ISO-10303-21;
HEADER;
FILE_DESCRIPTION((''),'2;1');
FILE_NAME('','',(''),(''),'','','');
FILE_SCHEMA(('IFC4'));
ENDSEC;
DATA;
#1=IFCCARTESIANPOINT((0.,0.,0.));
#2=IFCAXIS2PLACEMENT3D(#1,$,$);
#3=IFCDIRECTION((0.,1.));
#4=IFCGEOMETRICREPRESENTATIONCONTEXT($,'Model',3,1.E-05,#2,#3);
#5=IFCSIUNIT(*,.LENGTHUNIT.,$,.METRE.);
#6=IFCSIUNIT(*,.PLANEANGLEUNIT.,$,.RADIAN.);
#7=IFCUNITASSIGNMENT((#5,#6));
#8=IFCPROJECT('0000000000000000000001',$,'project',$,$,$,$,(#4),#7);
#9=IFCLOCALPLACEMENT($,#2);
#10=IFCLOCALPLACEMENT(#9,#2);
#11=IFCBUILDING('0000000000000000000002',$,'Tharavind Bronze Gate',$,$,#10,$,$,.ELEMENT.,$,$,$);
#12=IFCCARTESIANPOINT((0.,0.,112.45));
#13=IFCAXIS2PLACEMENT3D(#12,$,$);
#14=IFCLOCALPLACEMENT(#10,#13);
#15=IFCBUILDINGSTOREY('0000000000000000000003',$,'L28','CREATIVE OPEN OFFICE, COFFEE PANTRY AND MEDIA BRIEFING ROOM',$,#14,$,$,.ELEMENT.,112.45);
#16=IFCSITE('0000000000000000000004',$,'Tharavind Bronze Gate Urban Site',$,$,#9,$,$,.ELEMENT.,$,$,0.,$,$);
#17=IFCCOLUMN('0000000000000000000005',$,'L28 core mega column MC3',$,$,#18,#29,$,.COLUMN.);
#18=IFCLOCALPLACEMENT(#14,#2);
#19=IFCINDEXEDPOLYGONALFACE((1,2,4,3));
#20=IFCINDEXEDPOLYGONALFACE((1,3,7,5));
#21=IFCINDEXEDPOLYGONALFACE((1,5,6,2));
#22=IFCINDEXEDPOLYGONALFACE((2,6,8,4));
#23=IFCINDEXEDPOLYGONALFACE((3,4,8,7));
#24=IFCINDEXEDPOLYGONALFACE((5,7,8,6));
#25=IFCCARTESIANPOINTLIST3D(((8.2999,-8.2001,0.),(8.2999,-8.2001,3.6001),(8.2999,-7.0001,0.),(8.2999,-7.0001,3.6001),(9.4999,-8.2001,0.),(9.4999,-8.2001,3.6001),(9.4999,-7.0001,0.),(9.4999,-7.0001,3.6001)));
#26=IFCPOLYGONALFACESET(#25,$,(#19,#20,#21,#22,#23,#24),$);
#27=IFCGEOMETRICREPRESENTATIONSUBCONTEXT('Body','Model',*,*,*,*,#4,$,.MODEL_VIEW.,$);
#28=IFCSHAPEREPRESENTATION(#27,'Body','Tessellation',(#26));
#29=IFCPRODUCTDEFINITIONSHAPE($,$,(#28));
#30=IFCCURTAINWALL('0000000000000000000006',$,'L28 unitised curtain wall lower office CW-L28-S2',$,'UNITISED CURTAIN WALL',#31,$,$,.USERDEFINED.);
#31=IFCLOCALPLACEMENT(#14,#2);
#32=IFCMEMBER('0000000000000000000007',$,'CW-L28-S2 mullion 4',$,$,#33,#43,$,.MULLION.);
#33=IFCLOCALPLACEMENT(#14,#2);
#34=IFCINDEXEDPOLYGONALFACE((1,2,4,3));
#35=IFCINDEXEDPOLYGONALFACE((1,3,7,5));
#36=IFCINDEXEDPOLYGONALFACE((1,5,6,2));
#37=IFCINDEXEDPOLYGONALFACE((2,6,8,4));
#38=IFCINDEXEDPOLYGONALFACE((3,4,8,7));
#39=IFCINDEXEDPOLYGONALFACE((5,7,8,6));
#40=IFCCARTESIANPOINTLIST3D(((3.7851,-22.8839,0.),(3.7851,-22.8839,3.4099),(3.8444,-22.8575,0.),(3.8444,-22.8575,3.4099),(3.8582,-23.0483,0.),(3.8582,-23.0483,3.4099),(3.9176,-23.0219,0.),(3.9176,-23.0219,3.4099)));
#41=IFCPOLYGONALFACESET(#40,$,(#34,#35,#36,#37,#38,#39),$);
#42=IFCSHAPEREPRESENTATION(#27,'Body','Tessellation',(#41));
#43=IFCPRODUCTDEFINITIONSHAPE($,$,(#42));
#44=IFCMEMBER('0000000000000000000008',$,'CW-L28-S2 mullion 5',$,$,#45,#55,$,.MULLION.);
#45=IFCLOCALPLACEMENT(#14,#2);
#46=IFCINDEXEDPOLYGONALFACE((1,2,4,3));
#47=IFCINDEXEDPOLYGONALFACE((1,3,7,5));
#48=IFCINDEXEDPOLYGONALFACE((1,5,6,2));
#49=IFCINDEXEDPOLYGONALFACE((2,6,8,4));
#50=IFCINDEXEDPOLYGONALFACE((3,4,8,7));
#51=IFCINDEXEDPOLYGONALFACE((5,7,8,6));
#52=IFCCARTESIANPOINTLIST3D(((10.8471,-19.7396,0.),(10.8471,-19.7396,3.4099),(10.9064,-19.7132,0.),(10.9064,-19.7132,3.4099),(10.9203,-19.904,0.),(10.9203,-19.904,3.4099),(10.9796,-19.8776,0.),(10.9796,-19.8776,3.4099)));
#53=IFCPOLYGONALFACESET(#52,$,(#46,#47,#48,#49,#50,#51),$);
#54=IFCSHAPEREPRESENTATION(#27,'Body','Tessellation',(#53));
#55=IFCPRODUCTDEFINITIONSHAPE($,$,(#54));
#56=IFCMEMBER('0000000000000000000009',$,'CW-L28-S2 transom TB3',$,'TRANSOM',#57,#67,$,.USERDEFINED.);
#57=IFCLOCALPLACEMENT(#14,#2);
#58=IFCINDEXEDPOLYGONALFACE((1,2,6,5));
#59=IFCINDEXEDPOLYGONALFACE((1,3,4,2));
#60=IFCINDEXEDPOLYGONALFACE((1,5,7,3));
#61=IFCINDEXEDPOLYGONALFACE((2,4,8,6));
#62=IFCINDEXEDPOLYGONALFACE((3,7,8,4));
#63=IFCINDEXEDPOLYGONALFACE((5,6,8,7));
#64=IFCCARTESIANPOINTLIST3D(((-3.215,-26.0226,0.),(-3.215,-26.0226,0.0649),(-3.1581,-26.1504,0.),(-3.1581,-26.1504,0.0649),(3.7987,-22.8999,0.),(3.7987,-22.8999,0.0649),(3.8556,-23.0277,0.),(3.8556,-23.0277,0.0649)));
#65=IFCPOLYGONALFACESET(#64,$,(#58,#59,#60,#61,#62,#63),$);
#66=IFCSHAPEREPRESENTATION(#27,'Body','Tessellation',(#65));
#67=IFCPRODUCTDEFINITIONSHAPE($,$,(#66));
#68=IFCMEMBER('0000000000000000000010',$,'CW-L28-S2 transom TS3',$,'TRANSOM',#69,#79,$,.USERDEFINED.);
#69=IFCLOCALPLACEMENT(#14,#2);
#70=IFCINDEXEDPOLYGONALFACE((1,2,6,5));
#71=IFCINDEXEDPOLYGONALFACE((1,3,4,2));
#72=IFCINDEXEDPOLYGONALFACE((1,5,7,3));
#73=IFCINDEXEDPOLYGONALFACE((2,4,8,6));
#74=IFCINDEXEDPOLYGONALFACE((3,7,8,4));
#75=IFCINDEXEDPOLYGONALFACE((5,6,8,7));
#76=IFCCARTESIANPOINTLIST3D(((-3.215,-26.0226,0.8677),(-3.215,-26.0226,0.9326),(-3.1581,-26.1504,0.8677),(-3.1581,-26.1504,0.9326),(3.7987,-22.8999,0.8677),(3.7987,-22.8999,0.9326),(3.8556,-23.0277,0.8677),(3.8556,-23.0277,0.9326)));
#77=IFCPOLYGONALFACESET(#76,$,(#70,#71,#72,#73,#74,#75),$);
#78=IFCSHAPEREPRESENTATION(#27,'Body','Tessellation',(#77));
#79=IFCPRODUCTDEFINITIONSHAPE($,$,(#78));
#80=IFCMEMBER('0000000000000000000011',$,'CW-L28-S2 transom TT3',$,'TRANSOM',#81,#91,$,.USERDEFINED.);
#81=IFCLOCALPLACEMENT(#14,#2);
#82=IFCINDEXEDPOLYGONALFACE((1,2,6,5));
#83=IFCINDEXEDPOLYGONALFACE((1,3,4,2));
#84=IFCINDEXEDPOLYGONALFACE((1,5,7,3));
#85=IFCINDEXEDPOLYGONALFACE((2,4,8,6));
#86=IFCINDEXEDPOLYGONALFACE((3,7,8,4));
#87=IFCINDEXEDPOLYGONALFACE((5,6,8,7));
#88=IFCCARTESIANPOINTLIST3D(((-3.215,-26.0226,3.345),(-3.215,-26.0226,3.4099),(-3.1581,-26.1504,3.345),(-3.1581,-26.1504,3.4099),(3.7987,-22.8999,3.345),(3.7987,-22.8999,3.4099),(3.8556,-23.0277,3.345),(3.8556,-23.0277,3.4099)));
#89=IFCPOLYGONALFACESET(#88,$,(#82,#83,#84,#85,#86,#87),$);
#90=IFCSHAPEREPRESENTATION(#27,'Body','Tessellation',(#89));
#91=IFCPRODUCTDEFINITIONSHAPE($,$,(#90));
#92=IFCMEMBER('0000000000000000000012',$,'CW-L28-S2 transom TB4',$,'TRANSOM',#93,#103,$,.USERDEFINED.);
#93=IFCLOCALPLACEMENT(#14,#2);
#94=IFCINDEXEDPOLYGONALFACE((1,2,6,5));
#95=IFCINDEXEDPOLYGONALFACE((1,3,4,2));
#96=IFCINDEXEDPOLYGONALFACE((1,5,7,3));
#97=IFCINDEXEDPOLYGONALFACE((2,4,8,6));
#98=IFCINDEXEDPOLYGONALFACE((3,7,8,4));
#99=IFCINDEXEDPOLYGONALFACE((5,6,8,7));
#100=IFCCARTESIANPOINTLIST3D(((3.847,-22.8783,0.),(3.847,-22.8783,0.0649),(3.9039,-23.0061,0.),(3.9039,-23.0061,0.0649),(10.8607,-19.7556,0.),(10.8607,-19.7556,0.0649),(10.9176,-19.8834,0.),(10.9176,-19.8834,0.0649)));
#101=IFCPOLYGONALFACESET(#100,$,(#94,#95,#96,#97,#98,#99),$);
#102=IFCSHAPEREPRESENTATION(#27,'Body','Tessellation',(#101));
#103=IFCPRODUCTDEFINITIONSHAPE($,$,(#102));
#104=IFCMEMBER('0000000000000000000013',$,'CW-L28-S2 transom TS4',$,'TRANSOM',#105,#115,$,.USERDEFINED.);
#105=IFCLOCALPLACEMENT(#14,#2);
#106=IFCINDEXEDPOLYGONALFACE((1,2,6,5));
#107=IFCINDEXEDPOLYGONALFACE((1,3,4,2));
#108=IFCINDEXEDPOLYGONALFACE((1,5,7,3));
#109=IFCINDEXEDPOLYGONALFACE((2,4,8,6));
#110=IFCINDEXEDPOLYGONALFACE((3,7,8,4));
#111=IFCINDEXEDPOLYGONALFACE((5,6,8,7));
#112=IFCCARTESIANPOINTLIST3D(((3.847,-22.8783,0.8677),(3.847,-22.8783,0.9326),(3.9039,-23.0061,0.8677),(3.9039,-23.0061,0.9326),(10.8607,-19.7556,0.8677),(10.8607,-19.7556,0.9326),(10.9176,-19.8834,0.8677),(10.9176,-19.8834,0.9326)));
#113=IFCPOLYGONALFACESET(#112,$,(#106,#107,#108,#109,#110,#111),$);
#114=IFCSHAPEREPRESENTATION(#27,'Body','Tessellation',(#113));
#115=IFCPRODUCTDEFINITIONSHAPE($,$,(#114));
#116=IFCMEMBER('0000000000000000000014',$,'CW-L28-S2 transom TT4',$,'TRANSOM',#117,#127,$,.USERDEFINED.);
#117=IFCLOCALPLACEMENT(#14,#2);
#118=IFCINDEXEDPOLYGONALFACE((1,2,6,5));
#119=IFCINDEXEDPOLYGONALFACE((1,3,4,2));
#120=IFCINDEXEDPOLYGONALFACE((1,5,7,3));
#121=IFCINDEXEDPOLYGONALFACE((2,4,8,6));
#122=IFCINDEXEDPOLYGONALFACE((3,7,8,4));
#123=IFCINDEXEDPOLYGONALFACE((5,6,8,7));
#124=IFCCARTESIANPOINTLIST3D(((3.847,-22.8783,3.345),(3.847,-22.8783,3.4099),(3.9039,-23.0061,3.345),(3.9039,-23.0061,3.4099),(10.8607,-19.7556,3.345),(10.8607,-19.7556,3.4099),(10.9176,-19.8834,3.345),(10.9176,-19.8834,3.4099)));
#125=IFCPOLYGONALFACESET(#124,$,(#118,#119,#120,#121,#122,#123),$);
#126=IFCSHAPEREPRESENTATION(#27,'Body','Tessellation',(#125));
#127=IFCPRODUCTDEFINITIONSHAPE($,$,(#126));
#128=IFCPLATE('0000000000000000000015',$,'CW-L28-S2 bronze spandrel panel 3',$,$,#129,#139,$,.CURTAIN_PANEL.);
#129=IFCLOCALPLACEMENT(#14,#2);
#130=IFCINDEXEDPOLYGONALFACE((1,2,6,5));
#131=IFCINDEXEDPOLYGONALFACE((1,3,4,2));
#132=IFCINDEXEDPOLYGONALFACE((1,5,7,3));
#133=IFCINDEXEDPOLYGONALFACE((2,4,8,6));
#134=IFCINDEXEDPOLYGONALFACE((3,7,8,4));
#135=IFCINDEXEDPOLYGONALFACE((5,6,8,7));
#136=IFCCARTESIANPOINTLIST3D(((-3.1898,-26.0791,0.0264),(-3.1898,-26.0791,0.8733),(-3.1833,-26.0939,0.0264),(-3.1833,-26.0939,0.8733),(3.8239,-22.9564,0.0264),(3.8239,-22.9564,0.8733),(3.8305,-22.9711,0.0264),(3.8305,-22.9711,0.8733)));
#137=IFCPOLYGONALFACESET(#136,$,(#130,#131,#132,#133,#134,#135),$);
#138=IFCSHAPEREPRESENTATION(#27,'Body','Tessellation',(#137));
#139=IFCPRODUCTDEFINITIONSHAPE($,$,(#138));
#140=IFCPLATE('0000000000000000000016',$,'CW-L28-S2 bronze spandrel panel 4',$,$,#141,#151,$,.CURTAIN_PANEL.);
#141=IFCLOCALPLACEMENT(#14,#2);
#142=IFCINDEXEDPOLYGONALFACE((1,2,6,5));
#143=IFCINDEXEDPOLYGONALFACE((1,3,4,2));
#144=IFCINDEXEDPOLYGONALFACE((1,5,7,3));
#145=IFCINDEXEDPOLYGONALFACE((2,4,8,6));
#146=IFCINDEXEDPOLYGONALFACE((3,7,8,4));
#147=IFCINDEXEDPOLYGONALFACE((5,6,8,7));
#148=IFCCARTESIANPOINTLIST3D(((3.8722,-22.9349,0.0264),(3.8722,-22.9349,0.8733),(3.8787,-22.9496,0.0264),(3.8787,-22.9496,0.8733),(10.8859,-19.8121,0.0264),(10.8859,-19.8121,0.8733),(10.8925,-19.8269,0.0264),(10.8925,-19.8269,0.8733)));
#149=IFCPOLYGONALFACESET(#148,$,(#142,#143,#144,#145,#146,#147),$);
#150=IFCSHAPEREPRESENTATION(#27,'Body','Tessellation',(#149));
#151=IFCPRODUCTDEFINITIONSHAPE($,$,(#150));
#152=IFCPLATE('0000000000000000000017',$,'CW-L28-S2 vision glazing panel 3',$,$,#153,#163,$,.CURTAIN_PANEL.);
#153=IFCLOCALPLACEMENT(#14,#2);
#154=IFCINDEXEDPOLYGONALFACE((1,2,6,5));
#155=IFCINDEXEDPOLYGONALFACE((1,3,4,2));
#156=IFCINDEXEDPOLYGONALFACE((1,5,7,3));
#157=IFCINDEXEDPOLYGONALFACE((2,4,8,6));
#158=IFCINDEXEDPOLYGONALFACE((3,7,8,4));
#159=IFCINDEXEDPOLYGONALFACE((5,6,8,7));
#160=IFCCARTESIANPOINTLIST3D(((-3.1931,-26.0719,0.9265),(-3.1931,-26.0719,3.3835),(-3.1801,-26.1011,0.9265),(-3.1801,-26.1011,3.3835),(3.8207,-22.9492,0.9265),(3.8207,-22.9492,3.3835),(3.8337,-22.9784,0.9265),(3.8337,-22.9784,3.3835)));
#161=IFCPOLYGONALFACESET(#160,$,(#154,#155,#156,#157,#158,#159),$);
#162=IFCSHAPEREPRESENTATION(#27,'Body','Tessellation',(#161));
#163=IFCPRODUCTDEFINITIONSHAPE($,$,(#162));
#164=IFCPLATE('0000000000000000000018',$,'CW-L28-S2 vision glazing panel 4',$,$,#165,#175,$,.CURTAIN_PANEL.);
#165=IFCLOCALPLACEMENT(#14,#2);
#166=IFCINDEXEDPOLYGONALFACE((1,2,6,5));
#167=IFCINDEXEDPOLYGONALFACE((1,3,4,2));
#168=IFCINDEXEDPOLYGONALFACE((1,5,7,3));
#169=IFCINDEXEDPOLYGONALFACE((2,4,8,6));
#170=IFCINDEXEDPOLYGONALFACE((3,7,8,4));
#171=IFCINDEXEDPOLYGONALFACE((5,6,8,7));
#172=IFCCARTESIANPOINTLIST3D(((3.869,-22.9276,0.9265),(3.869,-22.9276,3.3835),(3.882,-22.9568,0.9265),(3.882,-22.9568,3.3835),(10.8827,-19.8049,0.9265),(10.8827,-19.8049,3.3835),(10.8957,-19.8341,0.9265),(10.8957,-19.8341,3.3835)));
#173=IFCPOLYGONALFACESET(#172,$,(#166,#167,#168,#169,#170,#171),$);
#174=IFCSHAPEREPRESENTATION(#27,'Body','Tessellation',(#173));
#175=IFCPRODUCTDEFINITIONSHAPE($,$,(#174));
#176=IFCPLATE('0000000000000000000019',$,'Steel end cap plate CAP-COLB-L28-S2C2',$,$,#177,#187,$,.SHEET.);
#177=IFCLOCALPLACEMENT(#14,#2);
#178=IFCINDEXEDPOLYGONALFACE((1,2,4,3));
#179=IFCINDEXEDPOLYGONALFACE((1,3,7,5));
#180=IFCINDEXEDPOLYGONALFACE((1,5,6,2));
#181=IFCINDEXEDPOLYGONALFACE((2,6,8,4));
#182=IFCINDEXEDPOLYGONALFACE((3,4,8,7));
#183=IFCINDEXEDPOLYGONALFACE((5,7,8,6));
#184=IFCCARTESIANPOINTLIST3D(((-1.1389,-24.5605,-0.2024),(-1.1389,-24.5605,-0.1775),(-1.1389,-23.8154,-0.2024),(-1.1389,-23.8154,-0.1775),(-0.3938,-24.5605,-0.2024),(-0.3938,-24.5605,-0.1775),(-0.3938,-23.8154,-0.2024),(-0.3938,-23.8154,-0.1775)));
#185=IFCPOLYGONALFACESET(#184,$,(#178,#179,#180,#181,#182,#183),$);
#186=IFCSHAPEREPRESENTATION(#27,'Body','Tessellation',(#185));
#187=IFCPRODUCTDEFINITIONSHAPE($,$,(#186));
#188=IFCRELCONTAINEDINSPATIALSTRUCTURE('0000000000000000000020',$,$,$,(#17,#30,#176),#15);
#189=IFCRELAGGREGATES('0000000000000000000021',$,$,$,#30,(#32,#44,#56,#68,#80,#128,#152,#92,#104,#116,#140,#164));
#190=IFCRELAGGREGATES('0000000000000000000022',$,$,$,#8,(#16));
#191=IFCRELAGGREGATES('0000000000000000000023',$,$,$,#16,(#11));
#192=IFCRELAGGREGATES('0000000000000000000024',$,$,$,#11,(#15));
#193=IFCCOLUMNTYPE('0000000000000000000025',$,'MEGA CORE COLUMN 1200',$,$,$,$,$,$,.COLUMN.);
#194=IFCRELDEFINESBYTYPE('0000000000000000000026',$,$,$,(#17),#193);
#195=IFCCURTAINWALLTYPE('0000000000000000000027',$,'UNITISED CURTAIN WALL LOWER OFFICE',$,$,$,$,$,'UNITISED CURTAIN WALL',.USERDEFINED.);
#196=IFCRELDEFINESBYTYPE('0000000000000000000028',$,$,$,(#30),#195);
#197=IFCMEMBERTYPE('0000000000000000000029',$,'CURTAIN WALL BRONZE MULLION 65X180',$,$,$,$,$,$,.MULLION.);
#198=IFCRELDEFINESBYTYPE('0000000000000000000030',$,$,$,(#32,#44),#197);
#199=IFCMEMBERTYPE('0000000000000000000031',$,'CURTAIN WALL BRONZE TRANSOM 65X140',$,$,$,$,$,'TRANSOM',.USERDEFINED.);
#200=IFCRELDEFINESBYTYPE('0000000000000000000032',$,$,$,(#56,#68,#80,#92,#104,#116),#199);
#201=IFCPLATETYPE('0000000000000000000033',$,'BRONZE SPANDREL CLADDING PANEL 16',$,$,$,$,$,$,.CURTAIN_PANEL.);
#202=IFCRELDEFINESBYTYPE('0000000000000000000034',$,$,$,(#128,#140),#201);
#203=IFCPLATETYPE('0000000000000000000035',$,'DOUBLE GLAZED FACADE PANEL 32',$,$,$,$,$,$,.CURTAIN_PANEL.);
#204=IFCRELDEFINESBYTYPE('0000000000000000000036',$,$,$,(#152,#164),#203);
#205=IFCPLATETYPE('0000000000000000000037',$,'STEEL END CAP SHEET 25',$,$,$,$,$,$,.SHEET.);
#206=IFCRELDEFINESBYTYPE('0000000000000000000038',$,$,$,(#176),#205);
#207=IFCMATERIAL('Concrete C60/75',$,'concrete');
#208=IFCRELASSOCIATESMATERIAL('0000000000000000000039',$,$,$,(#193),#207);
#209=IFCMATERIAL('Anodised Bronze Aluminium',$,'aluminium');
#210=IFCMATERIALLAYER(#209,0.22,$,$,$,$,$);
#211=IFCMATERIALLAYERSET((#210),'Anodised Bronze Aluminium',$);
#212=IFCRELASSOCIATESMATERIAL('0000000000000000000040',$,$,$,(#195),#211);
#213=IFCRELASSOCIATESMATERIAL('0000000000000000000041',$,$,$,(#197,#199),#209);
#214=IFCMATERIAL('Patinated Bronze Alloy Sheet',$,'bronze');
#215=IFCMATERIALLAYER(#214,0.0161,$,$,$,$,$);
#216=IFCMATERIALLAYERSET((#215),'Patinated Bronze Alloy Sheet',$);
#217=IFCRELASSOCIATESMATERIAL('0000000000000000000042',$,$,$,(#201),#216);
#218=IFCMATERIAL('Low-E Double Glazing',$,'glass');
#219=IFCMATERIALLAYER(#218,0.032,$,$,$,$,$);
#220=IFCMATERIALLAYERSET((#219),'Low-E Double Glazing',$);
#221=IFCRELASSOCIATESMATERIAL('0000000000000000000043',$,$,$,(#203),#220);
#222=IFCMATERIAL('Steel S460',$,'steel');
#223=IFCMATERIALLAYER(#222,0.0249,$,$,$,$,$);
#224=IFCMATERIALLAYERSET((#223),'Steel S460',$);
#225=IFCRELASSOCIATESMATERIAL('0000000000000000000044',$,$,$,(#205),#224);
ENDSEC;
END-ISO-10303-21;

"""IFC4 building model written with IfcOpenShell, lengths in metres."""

from ifc_helpers import new_model, si_unit, direction, frame, origin, origin_2d, place, context, subcontext, project, spatial, rectangle, extrude, material, layer, layer_set, material_profile, profile_set, type_object, element, aggregate, save


model = new_model("IFC4")

# Units and contexts
model_context = context("Model", 3, precision=1e-05, world=origin(), true_north=direction((0.0, 1.0)))
body_context = subcontext(model_context, "Body", "Model", "MODEL_VIEW")
ifc_project = project(units=[si_unit("LENGTHUNIT", "METRE"), si_unit("PLANEANGLEUNIT", "RADIAN")], contexts=[model_context])

# Site, building, storey
site_placement = place(None, origin())
site = spatial("IfcSite", under=ifc_project, at=site_placement, Name="Tharavind Bronze Gate Urban Site", CompositionType="ELEMENT", RefElevation=0.0)
building_placement = place(site_placement, origin())
building = spatial("IfcBuilding", under=site, at=building_placement, Name="Tharavind Bronze Gate", CompositionType="ELEMENT")
storey_placement = place(building_placement, frame((0.0, 0.0, 112.45)))
storey = spatial("IfcBuildingStorey", under=building, at=storey_placement, Name="L28", Description="CREATIVE OPEN OFFICE, COFFEE PANTRY AND MEDIA BRIEFING ROOM", CompositionType="ELEMENT", Elevation=112.45)

# Column
ifc_material_1 = material(Name="Concrete C60/75", Category="concrete")
ifc_material_profile = material_profile(ifc_material_1, rectangle(XDim=1.2, YDim=1.2, at=origin_2d()), Name="RCCOL1200")
ifc_profile_set = profile_set([ifc_material_profile], Name="Concrete C60/75")
column_type = type_object("IfcColumnType", Name="MEGA CORE COLUMN 1200", PredefinedType="COLUMN", material=ifc_profile_set)
column_placement = place(storey_placement, frame((8.8999, -7.6001, 0.0), z_axis=(0.0, 0.0, 1.0), x_axis=(1.0, 0.0, 0.0)))
element("IfcColumn", 1, at=column_placement, inside=storey, type_object=column_type, Name="L28 core mega column MC3", PredefinedType="COLUMN", context=body_context, shape_type="SweptSolid", body=[
    extrude(rectangle(XDim=1.2, YDim=1.2, at=origin_2d()), origin(), (0.0, 0.0, 1.0), 3.6001),
])

# Curtain wall, members, plates
ifc_material_2 = material(Name="Anodised Bronze Aluminium", Category="aluminium")
ifc_layer_1 = layer(ifc_material_2, 0.22)
ifc_layer_set_1 = layer_set([ifc_layer_1], Name="Anodised Bronze Aluminium")
curtain_wall_type = type_object("IfcCurtainWallType", Name="UNITISED CURTAIN WALL LOWER OFFICE", ElementType="UNITISED CURTAIN WALL", PredefinedType="USERDEFINED", material=ifc_layer_set_1)
curtain_wall_placement = place(storey_placement, origin())
curtain_wall = element("IfcCurtainWall", 2, at=curtain_wall_placement, inside=storey, type_object=curtain_wall_type, Name="L28 unitised curtain wall lower office CW-L28-S2", ObjectType="UNITISED CURTAIN WALL", PredefinedType="USERDEFINED")
member_type_1 = type_object("IfcMemberType", Name="CURTAIN WALL BRONZE MULLION 65X180", PredefinedType="MULLION", material=ifc_material_2)
member_1_placement = place(storey_placement, frame((3.8513, -22.9529, 0.0), z_axis=(0.0, 0.0, 1.0), x_axis=(0.913545, 0.406737, 0.0)))
member_1 = element("IfcMember", 3, at=member_1_placement, type_object=member_type_1, Name="CW-L28-S2 mullion 4", PredefinedType="MULLION", context=body_context, shape_type="SweptSolid", body=[
    extrude(rectangle(XDim=0.0649, YDim=0.1799, at=origin_2d()), origin(), (0.0, 0.0, 1.0), 3.4099),
])
member_2_placement = place(storey_placement, frame((10.9133, -19.8086, 0.0), z_axis=(0.0, 0.0, 1.0), x_axis=(0.913545, 0.406737, 0.0)))
member_2 = element("IfcMember", 4, at=member_2_placement, type_object=member_type_1, Name="CW-L28-S2 mullion 5", PredefinedType="MULLION", context=body_context, shape_type="SweptSolid", body=[
    extrude(rectangle(XDim=0.0649, YDim=0.1799, at=origin_2d()), origin(), (0.0, 0.0, 1.0), 3.4099),
])
member_type_2 = type_object("IfcMemberType", Name="CURTAIN WALL BRONZE TRANSOM 65X140", ElementType="TRANSOM", PredefinedType="USERDEFINED", material=ifc_material_2)
member_3_placement = place(storey_placement, frame((0.3203, -24.5251, 0.0), z_axis=(0.0, 0.0, 1.0), x_axis=(0.913545, 0.406737, 0.0)))
member_3 = element("IfcMember", 5, at=member_3_placement, type_object=member_type_2, Name="CW-L28-S2 transom TB3", ObjectType="TRANSOM", PredefinedType="USERDEFINED", context=body_context, shape_type="SweptSolid", body=[
    extrude(rectangle(XDim=7.6775, YDim=0.1399, at=origin_2d()), origin(), (0.0, 0.0, 1.0), 0.0649),
])
member_4_placement = place(storey_placement, frame((0.3203, -24.5251, 0.8677), z_axis=(0.0, 0.0, 1.0), x_axis=(0.913545, 0.406737, 0.0)))
member_4 = element("IfcMember", 6, at=member_4_placement, type_object=member_type_2, Name="CW-L28-S2 transom TS3", ObjectType="TRANSOM", PredefinedType="USERDEFINED", context=body_context, shape_type="SweptSolid", body=[
    extrude(rectangle(XDim=7.6775, YDim=0.1399, at=origin_2d()), origin(), (0.0, 0.0, 1.0), 0.0649),
])
member_5_placement = place(storey_placement, frame((0.3203, -24.5251, 3.345), z_axis=(0.0, 0.0, 1.0), x_axis=(0.913545, 0.406737, 0.0)))
member_5 = element("IfcMember", 7, at=member_5_placement, type_object=member_type_2, Name="CW-L28-S2 transom TT3", ObjectType="TRANSOM", PredefinedType="USERDEFINED", context=body_context, shape_type="SweptSolid", body=[
    extrude(rectangle(XDim=7.6775, YDim=0.1399, at=origin_2d()), origin(), (0.0, 0.0, 1.0), 0.0649),
])
member_6_placement = place(storey_placement, frame((7.3823, -21.3809, 0.0), z_axis=(0.0, 0.0, 1.0), x_axis=(0.913545, 0.406737, 0.0)))
member_6 = element("IfcMember", 8, at=member_6_placement, type_object=member_type_2, Name="CW-L28-S2 transom TB4", ObjectType="TRANSOM", PredefinedType="USERDEFINED", context=body_context, shape_type="SweptSolid", body=[
    extrude(rectangle(XDim=7.6775, YDim=0.1399, at=origin_2d()), origin(), (0.0, 0.0, 1.0), 0.0649),
])
member_7_placement = place(storey_placement, frame((7.3823, -21.3809, 0.8677), z_axis=(0.0, 0.0, 1.0), x_axis=(0.913545, 0.406737, 0.0)))
member_7 = element("IfcMember", 9, at=member_7_placement, type_object=member_type_2, Name="CW-L28-S2 transom TS4", ObjectType="TRANSOM", PredefinedType="USERDEFINED", context=body_context, shape_type="SweptSolid", body=[
    extrude(rectangle(XDim=7.6775, YDim=0.1399, at=origin_2d()), origin(), (0.0, 0.0, 1.0), 0.0649),
])
member_8_placement = place(storey_placement, frame((7.3823, -21.3809, 3.345), z_axis=(0.0, 0.0, 1.0), x_axis=(0.913545, 0.406737, 0.0)))
member_8 = element("IfcMember", 10, at=member_8_placement, type_object=member_type_2, Name="CW-L28-S2 transom TT4", ObjectType="TRANSOM", PredefinedType="USERDEFINED", context=body_context, shape_type="SweptSolid", body=[
    extrude(rectangle(XDim=7.6775, YDim=0.1399, at=origin_2d()), origin(), (0.0, 0.0, 1.0), 0.0649),
])
ifc_material_3 = material(Name="Patinated Bronze Alloy Sheet", Category="bronze")
ifc_layer_2 = layer(ifc_material_3, 0.0161)
ifc_layer_set_2 = layer_set([ifc_layer_2], Name="Patinated Bronze Alloy Sheet")
plate_type_1 = type_object("IfcPlateType", Name="BRONZE SPANDREL CLADDING PANEL 16", PredefinedType="CURTAIN_PANEL", material=ifc_layer_set_2)
plate_1_placement = place(storey_placement, frame((0.3203, -24.5251, 0.0264), z_axis=(0.0, 0.0, 1.0), x_axis=(0.913545, 0.406737, 0.0)))
plate_1 = element("IfcPlate", 11, at=plate_1_placement, type_object=plate_type_1, Name="CW-L28-S2 bronze spandrel panel 3", PredefinedType="CURTAIN_PANEL", context=body_context, shape_type="SweptSolid", body=[
    extrude(rectangle(XDim=7.6775, YDim=0.0161, at=origin_2d()), origin(), (0.0, 0.0, 1.0), 0.8469),
])
plate_2_placement = place(storey_placement, frame((7.3823, -21.3809, 0.0264), z_axis=(0.0, 0.0, 1.0), x_axis=(0.913545, 0.406737, 0.0)))
plate_2 = element("IfcPlate", 12, at=plate_2_placement, type_object=plate_type_1, Name="CW-L28-S2 bronze spandrel panel 4", PredefinedType="CURTAIN_PANEL", context=body_context, shape_type="SweptSolid", body=[
    extrude(rectangle(XDim=7.6775, YDim=0.0161, at=origin_2d()), origin(), (0.0, 0.0, 1.0), 0.8469),
])
ifc_material_4 = material(Name="Low-E Double Glazing", Category="glass")
ifc_layer_3 = layer(ifc_material_4, 0.032)
ifc_layer_set_3 = layer_set([ifc_layer_3], Name="Low-E Double Glazing")
plate_type_2 = type_object("IfcPlateType", Name="DOUBLE GLAZED FACADE PANEL 32", PredefinedType="CURTAIN_PANEL", material=ifc_layer_set_3)
plate_3_placement = place(storey_placement, frame((0.3203, -24.5251, 0.9265), z_axis=(0.0, 0.0, 1.0), x_axis=(0.913545, 0.406737, 0.0)))
plate_3 = element("IfcPlate", 13, at=plate_3_placement, type_object=plate_type_2, Name="CW-L28-S2 vision glazing panel 3", PredefinedType="CURTAIN_PANEL", context=body_context, shape_type="SweptSolid", body=[
    extrude(rectangle(XDim=7.6775, YDim=0.032, at=origin_2d()), origin(), (0.0, 0.0, 1.0), 2.457),
])
plate_4_placement = place(storey_placement, frame((7.3823, -21.3809, 0.9265), z_axis=(0.0, 0.0, 1.0), x_axis=(0.913545, 0.406737, 0.0)))
plate_4 = element("IfcPlate", 14, at=plate_4_placement, type_object=plate_type_2, Name="CW-L28-S2 vision glazing panel 4", PredefinedType="CURTAIN_PANEL", context=body_context, shape_type="SweptSolid", body=[
    extrude(rectangle(XDim=7.6775, YDim=0.032, at=origin_2d()), origin(), (0.0, 0.0, 1.0), 2.457),
])
aggregate(curtain_wall, [member_1, member_2, member_3, member_4, member_5, plate_1, plate_3, member_6, member_7, member_8, plate_2, plate_4])

# Plate
ifc_material_5 = material(Name="Steel S460", Category="steel")
ifc_layer_4 = layer(ifc_material_5, 0.0249)
ifc_layer_set_4 = layer_set([ifc_layer_4], Name="Steel S460")
plate_type_3 = type_object("IfcPlateType", Name="STEEL END CAP SHEET 25", PredefinedType="SHEET", material=ifc_layer_set_4)
plate_5_placement = place(storey_placement, frame((-0.7664, -24.188, -0.2024), z_axis=(0.0, 0.0, 1.0), x_axis=(1.0, 0.0, 0.0)))
element("IfcPlate", 15, at=plate_5_placement, inside=storey, type_object=plate_type_3, Name="Steel end cap plate CAP-COLB-L28-S2C2", PredefinedType="SHEET", context=body_context, shape_type="SweptSolid", body=[
    extrude(rectangle(XDim=0.7451, YDim=0.7451, at=origin_2d()), origin(), (0.0, 0.0, 1.0), 0.0249),
])

save(model, "model.ifc")
